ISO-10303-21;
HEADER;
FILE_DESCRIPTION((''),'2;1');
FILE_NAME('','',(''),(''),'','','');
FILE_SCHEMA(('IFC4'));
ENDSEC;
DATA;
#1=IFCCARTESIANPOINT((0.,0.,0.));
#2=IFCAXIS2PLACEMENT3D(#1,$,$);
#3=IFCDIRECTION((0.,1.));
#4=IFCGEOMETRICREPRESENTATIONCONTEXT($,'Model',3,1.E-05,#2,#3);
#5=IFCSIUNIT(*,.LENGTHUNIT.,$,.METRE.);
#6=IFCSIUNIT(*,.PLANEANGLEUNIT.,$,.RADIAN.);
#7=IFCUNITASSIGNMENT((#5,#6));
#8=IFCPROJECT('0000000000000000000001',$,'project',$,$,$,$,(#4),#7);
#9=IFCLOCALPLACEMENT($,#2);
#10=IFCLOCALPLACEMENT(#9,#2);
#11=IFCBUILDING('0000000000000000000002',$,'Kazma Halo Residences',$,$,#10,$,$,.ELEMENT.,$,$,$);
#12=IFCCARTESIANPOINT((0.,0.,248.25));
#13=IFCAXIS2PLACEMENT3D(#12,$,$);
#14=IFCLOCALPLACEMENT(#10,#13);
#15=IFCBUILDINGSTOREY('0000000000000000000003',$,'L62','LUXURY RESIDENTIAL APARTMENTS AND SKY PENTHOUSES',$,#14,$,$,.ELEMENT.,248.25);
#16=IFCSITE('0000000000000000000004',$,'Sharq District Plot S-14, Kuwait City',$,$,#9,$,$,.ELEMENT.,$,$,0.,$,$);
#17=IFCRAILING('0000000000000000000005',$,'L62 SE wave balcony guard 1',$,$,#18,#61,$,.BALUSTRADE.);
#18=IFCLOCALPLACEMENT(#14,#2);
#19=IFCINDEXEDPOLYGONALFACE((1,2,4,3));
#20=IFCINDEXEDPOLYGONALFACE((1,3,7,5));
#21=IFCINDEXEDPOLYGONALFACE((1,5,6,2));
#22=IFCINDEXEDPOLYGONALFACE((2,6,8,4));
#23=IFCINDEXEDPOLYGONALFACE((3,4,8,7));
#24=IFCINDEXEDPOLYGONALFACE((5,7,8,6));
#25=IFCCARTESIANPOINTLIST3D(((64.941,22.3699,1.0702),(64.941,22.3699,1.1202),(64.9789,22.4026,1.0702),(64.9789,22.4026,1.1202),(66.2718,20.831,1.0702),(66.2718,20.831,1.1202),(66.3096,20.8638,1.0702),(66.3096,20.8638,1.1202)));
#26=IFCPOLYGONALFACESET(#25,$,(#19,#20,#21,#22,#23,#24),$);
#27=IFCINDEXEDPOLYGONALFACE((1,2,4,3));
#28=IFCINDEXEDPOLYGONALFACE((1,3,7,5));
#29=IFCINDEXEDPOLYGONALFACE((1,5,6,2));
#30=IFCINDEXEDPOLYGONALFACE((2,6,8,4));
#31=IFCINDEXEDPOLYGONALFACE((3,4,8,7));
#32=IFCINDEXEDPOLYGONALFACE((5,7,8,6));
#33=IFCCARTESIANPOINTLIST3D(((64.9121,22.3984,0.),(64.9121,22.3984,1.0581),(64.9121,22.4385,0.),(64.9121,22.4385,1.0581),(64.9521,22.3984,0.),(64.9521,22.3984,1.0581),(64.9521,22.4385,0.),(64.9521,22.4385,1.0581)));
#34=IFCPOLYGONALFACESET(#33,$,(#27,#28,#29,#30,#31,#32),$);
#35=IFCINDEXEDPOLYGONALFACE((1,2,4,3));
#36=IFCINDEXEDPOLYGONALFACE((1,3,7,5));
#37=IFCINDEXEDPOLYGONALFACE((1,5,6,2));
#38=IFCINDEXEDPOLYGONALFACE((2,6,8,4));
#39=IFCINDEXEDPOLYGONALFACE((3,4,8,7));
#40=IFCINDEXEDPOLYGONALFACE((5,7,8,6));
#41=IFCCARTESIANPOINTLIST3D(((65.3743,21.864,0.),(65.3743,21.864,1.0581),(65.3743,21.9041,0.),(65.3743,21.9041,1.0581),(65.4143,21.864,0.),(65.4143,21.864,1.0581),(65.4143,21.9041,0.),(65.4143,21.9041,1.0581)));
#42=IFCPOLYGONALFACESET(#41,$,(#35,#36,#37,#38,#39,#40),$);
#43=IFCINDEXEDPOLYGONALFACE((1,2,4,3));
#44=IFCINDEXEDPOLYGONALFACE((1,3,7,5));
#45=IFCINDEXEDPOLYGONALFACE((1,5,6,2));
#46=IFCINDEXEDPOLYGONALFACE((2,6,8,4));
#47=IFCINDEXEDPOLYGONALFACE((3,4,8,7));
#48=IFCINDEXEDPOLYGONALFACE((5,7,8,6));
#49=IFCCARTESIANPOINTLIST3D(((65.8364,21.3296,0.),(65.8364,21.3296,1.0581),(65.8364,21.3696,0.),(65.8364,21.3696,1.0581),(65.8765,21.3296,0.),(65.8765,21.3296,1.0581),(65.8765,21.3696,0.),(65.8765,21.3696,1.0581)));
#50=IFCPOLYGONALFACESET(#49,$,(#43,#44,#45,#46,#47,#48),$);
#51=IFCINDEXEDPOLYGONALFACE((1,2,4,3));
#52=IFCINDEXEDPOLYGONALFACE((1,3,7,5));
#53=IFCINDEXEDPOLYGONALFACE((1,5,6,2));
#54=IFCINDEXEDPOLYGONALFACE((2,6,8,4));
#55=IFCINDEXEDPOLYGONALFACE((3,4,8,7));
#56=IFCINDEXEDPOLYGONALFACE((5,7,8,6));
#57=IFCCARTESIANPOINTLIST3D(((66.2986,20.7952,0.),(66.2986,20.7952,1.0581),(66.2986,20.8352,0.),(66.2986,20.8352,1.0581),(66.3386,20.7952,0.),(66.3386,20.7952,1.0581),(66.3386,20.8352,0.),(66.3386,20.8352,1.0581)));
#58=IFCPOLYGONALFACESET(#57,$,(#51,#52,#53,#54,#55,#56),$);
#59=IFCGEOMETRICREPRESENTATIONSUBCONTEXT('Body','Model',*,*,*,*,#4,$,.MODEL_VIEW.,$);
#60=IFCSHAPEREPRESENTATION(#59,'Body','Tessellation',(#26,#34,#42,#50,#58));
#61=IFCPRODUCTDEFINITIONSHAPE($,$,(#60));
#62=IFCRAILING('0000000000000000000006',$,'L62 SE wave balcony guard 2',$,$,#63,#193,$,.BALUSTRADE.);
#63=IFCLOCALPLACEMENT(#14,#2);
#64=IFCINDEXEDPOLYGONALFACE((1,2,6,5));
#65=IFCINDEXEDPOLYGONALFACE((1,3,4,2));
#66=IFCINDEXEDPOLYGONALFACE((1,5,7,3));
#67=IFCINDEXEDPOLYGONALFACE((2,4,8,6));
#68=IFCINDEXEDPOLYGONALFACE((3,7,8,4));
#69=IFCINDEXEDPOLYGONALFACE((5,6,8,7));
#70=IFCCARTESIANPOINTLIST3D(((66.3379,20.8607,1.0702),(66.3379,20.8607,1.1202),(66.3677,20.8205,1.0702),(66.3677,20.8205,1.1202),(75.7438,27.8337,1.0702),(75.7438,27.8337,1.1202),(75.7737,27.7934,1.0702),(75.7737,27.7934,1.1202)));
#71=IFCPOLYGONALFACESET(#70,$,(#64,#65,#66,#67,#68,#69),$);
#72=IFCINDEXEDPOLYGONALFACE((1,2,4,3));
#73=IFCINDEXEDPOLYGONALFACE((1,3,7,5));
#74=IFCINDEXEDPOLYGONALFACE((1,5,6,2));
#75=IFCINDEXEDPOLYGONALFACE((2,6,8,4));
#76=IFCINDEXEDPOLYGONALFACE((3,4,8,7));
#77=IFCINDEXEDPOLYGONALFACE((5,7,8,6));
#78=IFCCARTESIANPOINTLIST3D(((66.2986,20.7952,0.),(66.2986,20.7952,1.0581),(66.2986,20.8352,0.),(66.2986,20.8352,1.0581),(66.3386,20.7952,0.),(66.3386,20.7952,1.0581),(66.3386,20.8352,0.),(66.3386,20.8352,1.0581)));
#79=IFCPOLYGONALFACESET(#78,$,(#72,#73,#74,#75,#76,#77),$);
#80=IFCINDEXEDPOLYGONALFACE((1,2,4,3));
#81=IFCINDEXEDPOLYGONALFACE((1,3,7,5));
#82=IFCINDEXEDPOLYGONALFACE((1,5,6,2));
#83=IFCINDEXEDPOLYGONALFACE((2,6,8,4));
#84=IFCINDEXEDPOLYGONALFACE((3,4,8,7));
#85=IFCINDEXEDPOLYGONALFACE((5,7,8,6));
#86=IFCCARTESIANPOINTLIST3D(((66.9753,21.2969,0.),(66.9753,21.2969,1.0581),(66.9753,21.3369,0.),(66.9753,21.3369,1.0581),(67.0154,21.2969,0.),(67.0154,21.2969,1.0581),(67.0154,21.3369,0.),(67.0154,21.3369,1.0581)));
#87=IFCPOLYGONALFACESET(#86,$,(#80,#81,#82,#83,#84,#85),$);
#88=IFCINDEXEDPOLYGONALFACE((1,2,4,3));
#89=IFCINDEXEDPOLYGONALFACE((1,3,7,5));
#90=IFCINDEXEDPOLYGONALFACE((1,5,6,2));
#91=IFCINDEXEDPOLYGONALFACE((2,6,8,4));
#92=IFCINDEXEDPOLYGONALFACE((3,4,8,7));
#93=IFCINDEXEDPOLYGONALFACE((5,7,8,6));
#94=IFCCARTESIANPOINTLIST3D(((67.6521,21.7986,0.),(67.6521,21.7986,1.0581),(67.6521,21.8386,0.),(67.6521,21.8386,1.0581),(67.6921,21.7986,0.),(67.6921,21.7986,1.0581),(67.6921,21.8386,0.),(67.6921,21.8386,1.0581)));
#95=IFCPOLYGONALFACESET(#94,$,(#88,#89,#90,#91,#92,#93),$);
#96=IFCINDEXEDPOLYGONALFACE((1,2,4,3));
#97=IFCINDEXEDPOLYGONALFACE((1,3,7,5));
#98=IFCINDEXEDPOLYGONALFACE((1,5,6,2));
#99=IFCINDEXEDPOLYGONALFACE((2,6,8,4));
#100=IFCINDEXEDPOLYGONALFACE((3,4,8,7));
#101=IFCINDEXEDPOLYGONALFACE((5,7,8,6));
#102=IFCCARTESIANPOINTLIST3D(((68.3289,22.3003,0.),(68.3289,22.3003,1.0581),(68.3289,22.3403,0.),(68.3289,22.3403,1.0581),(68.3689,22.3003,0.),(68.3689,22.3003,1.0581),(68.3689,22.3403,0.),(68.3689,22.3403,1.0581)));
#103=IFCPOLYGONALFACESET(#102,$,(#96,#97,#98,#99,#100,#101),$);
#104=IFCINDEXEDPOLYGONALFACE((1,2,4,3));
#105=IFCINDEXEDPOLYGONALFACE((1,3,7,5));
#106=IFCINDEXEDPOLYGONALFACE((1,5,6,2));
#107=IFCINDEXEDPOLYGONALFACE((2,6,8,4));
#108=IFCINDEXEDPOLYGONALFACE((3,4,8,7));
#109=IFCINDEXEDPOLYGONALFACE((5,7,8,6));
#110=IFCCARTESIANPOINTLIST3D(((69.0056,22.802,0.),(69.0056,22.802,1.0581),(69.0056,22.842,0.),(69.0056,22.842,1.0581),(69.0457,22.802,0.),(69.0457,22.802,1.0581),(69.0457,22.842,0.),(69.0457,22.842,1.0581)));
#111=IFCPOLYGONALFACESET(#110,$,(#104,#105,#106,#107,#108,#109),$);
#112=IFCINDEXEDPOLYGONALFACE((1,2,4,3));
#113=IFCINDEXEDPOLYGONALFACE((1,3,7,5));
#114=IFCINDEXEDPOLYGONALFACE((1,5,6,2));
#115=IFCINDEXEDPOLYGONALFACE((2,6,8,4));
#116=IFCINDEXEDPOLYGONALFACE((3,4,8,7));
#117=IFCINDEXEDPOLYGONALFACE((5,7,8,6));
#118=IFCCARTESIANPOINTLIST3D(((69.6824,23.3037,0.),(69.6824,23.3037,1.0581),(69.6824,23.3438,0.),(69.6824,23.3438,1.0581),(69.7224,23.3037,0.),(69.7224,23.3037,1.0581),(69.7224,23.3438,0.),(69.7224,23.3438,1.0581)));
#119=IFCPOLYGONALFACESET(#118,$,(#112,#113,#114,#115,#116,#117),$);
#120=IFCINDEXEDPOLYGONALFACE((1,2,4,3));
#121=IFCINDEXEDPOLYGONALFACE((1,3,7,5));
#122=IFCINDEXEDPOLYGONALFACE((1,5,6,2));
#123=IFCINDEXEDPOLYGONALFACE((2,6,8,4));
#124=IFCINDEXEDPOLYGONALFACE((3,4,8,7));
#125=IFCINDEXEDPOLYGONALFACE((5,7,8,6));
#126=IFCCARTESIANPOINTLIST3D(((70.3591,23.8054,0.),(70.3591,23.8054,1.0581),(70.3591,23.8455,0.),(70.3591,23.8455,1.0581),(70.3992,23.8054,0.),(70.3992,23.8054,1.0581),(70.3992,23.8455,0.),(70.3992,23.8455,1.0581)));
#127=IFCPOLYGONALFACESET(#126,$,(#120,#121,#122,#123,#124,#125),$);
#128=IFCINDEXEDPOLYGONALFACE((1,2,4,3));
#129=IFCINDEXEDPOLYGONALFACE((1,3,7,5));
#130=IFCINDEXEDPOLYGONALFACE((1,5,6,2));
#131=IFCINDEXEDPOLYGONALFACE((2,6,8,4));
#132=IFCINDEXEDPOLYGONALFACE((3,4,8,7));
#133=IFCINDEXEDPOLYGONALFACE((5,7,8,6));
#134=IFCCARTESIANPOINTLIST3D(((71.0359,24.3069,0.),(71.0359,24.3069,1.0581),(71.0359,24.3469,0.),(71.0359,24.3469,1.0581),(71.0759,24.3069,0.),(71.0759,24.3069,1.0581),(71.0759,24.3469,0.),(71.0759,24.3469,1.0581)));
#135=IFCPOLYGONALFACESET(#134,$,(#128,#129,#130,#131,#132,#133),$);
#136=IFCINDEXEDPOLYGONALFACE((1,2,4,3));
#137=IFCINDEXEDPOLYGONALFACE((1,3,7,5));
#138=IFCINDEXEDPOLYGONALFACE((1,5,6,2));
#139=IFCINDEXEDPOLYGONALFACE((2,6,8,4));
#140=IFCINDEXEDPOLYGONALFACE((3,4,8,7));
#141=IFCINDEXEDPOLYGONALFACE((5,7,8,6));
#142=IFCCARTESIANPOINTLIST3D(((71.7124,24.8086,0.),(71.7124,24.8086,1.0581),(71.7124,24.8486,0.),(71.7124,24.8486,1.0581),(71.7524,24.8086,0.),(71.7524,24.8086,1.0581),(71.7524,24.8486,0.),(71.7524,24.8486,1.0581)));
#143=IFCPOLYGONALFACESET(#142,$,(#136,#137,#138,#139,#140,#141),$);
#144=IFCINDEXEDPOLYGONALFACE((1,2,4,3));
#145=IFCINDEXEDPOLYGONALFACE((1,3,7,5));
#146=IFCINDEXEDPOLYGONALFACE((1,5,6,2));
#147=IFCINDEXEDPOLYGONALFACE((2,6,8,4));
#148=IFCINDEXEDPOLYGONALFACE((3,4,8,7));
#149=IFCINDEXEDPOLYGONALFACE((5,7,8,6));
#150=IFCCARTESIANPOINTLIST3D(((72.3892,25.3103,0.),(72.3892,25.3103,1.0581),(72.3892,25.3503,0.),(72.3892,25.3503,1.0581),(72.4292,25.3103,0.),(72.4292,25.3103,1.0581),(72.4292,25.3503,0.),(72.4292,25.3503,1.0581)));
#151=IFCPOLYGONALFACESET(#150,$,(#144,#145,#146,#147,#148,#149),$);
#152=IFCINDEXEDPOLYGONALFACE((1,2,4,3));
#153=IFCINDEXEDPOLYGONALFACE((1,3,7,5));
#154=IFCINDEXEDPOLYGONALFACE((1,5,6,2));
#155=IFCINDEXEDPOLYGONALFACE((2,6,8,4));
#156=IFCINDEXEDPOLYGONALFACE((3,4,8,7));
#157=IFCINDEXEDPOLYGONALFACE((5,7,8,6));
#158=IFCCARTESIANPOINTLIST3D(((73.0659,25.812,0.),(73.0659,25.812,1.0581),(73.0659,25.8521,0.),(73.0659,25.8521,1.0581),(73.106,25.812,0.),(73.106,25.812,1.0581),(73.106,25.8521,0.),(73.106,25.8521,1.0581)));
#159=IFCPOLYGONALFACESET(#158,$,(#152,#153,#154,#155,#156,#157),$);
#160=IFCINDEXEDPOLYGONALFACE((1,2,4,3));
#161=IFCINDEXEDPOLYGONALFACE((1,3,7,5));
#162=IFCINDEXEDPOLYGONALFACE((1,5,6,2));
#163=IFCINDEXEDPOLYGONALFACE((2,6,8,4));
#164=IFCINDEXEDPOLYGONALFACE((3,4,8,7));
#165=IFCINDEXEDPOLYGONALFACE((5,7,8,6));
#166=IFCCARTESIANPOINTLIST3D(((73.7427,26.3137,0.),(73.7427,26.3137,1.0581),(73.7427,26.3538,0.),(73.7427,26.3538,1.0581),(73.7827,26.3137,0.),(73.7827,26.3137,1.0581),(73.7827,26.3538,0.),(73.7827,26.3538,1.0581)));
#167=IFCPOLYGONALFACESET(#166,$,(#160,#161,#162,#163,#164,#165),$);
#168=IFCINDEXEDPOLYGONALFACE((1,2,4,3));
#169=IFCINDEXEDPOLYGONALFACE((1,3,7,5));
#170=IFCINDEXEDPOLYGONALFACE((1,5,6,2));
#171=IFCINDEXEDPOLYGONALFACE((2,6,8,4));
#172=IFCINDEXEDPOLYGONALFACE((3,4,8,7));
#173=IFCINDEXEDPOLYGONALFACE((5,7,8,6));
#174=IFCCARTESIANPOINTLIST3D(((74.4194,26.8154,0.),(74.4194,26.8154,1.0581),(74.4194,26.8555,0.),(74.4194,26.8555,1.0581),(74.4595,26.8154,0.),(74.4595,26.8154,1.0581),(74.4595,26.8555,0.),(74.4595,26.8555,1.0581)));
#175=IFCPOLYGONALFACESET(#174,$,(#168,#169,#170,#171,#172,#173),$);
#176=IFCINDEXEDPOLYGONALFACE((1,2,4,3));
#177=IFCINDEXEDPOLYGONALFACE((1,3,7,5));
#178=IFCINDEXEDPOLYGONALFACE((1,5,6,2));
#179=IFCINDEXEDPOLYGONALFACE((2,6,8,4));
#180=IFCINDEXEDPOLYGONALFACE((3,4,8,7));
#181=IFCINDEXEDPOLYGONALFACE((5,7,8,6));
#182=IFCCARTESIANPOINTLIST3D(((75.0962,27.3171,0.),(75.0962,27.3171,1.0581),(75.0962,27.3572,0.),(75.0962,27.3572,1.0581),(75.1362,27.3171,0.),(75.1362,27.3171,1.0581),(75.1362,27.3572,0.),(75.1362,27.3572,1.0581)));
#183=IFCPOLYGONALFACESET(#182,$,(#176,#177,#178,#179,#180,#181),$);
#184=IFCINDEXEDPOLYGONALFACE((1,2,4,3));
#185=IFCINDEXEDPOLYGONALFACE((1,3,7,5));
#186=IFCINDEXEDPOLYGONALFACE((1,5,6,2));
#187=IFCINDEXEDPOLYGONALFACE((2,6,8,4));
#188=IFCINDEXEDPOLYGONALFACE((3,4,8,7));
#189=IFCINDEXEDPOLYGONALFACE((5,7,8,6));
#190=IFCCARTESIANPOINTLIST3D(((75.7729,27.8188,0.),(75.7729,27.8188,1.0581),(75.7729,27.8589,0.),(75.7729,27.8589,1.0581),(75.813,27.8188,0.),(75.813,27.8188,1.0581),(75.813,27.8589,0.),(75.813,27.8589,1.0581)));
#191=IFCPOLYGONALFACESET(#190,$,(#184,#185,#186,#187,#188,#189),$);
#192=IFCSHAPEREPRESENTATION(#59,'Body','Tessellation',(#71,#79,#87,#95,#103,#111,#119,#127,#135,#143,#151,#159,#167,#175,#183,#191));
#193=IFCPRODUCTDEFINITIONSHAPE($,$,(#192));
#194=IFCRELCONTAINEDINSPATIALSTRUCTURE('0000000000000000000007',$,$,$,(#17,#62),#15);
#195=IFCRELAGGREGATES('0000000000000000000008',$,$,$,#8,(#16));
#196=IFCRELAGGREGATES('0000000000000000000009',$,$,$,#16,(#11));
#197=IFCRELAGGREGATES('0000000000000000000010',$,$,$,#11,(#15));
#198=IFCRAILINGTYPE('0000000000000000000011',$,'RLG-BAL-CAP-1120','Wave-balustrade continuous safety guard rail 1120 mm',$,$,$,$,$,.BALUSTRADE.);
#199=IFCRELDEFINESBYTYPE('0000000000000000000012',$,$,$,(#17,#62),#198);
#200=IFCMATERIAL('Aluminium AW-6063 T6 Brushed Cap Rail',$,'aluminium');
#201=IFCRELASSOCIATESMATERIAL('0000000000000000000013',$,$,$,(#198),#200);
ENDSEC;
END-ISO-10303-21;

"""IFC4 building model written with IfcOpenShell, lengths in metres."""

from ifc_helpers import new_model, si_unit, direction, frame, origin, origin_2d, place, context, subcontext, project, spatial, rectangle, extrude, material, type_object, element, save


model = new_model("IFC4")

# Units and contexts
model_context = context("Model", 3, precision=1e-05, world=origin(), true_north=direction((0.0, 1.0)))
body_context = subcontext(model_context, "Body", "Model", "MODEL_VIEW")
ifc_project = project(units=[si_unit("LENGTHUNIT", "METRE"), si_unit("PLANEANGLEUNIT", "RADIAN")], contexts=[model_context])

# Site, building, storey
site_placement = place(None, origin())
site = spatial("IfcSite", under=ifc_project, at=site_placement, Name="Sharq District Plot S-14, Kuwait City", CompositionType="ELEMENT", RefElevation=0.0)
building_placement = place(site_placement, origin())
building = spatial("IfcBuilding", under=site, at=building_placement, Name="Kazma Halo Residences", CompositionType="ELEMENT")
storey_placement = place(building_placement, frame((0.0, 0.0, 248.25)))
storey = spatial("IfcBuildingStorey", under=building, at=storey_placement, Name="L62", Description="LUXURY RESIDENTIAL APARTMENTS AND SKY PENTHOUSES", CompositionType="ELEMENT", Elevation=248.25)

# Railings
ifc_material_1 = material(Name="Aluminium AW-6063 T6 Brushed Cap Rail", Category="aluminium")
railing_type = type_object("IfcRailingType", Name="RLG-BAL-CAP-1120", Description="Wave-balustrade continuous safety guard rail 1120 mm", PredefinedType="BALUSTRADE", material=ifc_material_1)
railing_1_placement = place(storey_placement, frame((64.9321, 22.4185, 0.0)))
element("IfcRailing", 1, at=railing_1_placement, inside=storey, type_object=railing_type, Name="L62 SE wave balcony guard 1", PredefinedType="BALUSTRADE", context=body_context, shape_type="SweptSolid", body=[
    extrude(rectangle(XDim=0.05, YDim=0.05, at=origin_2d()), frame((0.0278, -0.0322, 1.0952), z_axis=(0.654115, -0.756396, 0.0), x_axis=(0.756396, 0.654115, 0.0)), (0.0, 0.0, 1.0), 2.0344),
    extrude(rectangle(XDim=0.04, YDim=0.04, at=origin_2d()), origin(), (0.0, 0.0, 1.0), 1.0581),
    extrude(rectangle(XDim=0.04, YDim=0.04, at=origin_2d()), frame((0.4622, -0.5344, 0.0)), (0.0, 0.0, 1.0), 1.0581),
    extrude(rectangle(XDim=0.04, YDim=0.04, at=origin_2d()), frame((0.9243, -1.0688, 0.0)), (0.0, 0.0, 1.0), 1.0581),
    extrude(rectangle(XDim=0.04, YDim=0.04, at=origin_2d()), frame((1.3865, -1.6033, 0.0)), (0.0, 0.0, 1.0), 1.0581),
])
railing_2_placement = place(storey_placement, frame((66.3186, 20.8152, 0.0)))
element("IfcRailing", 2, at=railing_2_placement, inside=storey, type_object=railing_type, Name="L62 SE wave balcony guard 2", PredefinedType="BALUSTRADE", context=body_context, shape_type="SweptSolid", body=[
    extrude(rectangle(XDim=0.05, YDim=0.05, at=origin_2d()), frame((0.0342, 0.0254, 1.0952), z_axis=(0.803329, 0.595536, 0.0), x_axis=(-0.595536, 0.803329, 0.0)), (0.0, 0.0, 1.0), 11.7087),
    extrude(rectangle(XDim=0.04, YDim=0.04, at=origin_2d()), origin(), (0.0, 0.0, 1.0), 1.0581),
    extrude(rectangle(XDim=0.04, YDim=0.04, at=origin_2d()), frame((0.6768, 0.5017, 0.0)), (0.0, 0.0, 1.0), 1.0581),
    extrude(rectangle(XDim=0.04, YDim=0.04, at=origin_2d()), frame((1.3535, 1.0034, 0.0)), (0.0, 0.0, 1.0), 1.0581),
    extrude(rectangle(XDim=0.04, YDim=0.04, at=origin_2d()), frame((2.0303, 1.5051, 0.0)), (0.0, 0.0, 1.0), 1.0581),
    extrude(rectangle(XDim=0.04, YDim=0.04, at=origin_2d()), frame((2.707, 2.0068, 0.0)), (0.0, 0.0, 1.0), 1.0581),
    extrude(rectangle(XDim=0.04, YDim=0.04, at=origin_2d()), frame((3.3838, 2.5085, 0.0)), (0.0, 0.0, 1.0), 1.0581),
    extrude(rectangle(XDim=0.04, YDim=0.04, at=origin_2d()), frame((4.0605, 3.0103, 0.0)), (0.0, 0.0, 1.0), 1.0581),
    extrude(rectangle(XDim=0.04, YDim=0.04, at=origin_2d()), frame((4.7373, 3.5117, 0.0)), (0.0, 0.0, 1.0), 1.0581),
    extrude(rectangle(XDim=0.04, YDim=0.04, at=origin_2d()), frame((5.4138, 4.0134, 0.0)), (0.0, 0.0, 1.0), 1.0581),
    extrude(rectangle(XDim=0.04, YDim=0.04, at=origin_2d()), frame((6.0906, 4.5151, 0.0)), (0.0, 0.0, 1.0), 1.0581),
    extrude(rectangle(XDim=0.04, YDim=0.04, at=origin_2d()), frame((6.7673, 5.0168, 0.0)), (0.0, 0.0, 1.0), 1.0581),
    extrude(rectangle(XDim=0.04, YDim=0.04, at=origin_2d()), frame((7.4441, 5.5186, 0.0)), (0.0, 0.0, 1.0), 1.0581),
    extrude(rectangle(XDim=0.04, YDim=0.04, at=origin_2d()), frame((8.1208, 6.0203, 0.0)), (0.0, 0.0, 1.0), 1.0581),
    extrude(rectangle(XDim=0.04, YDim=0.04, at=origin_2d()), frame((8.7976, 6.522, 0.0)), (0.0, 0.0, 1.0), 1.0581),
    extrude(rectangle(XDim=0.04, YDim=0.04, at=origin_2d()), frame((9.4744, 7.0237, 0.0)), (0.0, 0.0, 1.0), 1.0581),
])

save(model, "model.ifc")
